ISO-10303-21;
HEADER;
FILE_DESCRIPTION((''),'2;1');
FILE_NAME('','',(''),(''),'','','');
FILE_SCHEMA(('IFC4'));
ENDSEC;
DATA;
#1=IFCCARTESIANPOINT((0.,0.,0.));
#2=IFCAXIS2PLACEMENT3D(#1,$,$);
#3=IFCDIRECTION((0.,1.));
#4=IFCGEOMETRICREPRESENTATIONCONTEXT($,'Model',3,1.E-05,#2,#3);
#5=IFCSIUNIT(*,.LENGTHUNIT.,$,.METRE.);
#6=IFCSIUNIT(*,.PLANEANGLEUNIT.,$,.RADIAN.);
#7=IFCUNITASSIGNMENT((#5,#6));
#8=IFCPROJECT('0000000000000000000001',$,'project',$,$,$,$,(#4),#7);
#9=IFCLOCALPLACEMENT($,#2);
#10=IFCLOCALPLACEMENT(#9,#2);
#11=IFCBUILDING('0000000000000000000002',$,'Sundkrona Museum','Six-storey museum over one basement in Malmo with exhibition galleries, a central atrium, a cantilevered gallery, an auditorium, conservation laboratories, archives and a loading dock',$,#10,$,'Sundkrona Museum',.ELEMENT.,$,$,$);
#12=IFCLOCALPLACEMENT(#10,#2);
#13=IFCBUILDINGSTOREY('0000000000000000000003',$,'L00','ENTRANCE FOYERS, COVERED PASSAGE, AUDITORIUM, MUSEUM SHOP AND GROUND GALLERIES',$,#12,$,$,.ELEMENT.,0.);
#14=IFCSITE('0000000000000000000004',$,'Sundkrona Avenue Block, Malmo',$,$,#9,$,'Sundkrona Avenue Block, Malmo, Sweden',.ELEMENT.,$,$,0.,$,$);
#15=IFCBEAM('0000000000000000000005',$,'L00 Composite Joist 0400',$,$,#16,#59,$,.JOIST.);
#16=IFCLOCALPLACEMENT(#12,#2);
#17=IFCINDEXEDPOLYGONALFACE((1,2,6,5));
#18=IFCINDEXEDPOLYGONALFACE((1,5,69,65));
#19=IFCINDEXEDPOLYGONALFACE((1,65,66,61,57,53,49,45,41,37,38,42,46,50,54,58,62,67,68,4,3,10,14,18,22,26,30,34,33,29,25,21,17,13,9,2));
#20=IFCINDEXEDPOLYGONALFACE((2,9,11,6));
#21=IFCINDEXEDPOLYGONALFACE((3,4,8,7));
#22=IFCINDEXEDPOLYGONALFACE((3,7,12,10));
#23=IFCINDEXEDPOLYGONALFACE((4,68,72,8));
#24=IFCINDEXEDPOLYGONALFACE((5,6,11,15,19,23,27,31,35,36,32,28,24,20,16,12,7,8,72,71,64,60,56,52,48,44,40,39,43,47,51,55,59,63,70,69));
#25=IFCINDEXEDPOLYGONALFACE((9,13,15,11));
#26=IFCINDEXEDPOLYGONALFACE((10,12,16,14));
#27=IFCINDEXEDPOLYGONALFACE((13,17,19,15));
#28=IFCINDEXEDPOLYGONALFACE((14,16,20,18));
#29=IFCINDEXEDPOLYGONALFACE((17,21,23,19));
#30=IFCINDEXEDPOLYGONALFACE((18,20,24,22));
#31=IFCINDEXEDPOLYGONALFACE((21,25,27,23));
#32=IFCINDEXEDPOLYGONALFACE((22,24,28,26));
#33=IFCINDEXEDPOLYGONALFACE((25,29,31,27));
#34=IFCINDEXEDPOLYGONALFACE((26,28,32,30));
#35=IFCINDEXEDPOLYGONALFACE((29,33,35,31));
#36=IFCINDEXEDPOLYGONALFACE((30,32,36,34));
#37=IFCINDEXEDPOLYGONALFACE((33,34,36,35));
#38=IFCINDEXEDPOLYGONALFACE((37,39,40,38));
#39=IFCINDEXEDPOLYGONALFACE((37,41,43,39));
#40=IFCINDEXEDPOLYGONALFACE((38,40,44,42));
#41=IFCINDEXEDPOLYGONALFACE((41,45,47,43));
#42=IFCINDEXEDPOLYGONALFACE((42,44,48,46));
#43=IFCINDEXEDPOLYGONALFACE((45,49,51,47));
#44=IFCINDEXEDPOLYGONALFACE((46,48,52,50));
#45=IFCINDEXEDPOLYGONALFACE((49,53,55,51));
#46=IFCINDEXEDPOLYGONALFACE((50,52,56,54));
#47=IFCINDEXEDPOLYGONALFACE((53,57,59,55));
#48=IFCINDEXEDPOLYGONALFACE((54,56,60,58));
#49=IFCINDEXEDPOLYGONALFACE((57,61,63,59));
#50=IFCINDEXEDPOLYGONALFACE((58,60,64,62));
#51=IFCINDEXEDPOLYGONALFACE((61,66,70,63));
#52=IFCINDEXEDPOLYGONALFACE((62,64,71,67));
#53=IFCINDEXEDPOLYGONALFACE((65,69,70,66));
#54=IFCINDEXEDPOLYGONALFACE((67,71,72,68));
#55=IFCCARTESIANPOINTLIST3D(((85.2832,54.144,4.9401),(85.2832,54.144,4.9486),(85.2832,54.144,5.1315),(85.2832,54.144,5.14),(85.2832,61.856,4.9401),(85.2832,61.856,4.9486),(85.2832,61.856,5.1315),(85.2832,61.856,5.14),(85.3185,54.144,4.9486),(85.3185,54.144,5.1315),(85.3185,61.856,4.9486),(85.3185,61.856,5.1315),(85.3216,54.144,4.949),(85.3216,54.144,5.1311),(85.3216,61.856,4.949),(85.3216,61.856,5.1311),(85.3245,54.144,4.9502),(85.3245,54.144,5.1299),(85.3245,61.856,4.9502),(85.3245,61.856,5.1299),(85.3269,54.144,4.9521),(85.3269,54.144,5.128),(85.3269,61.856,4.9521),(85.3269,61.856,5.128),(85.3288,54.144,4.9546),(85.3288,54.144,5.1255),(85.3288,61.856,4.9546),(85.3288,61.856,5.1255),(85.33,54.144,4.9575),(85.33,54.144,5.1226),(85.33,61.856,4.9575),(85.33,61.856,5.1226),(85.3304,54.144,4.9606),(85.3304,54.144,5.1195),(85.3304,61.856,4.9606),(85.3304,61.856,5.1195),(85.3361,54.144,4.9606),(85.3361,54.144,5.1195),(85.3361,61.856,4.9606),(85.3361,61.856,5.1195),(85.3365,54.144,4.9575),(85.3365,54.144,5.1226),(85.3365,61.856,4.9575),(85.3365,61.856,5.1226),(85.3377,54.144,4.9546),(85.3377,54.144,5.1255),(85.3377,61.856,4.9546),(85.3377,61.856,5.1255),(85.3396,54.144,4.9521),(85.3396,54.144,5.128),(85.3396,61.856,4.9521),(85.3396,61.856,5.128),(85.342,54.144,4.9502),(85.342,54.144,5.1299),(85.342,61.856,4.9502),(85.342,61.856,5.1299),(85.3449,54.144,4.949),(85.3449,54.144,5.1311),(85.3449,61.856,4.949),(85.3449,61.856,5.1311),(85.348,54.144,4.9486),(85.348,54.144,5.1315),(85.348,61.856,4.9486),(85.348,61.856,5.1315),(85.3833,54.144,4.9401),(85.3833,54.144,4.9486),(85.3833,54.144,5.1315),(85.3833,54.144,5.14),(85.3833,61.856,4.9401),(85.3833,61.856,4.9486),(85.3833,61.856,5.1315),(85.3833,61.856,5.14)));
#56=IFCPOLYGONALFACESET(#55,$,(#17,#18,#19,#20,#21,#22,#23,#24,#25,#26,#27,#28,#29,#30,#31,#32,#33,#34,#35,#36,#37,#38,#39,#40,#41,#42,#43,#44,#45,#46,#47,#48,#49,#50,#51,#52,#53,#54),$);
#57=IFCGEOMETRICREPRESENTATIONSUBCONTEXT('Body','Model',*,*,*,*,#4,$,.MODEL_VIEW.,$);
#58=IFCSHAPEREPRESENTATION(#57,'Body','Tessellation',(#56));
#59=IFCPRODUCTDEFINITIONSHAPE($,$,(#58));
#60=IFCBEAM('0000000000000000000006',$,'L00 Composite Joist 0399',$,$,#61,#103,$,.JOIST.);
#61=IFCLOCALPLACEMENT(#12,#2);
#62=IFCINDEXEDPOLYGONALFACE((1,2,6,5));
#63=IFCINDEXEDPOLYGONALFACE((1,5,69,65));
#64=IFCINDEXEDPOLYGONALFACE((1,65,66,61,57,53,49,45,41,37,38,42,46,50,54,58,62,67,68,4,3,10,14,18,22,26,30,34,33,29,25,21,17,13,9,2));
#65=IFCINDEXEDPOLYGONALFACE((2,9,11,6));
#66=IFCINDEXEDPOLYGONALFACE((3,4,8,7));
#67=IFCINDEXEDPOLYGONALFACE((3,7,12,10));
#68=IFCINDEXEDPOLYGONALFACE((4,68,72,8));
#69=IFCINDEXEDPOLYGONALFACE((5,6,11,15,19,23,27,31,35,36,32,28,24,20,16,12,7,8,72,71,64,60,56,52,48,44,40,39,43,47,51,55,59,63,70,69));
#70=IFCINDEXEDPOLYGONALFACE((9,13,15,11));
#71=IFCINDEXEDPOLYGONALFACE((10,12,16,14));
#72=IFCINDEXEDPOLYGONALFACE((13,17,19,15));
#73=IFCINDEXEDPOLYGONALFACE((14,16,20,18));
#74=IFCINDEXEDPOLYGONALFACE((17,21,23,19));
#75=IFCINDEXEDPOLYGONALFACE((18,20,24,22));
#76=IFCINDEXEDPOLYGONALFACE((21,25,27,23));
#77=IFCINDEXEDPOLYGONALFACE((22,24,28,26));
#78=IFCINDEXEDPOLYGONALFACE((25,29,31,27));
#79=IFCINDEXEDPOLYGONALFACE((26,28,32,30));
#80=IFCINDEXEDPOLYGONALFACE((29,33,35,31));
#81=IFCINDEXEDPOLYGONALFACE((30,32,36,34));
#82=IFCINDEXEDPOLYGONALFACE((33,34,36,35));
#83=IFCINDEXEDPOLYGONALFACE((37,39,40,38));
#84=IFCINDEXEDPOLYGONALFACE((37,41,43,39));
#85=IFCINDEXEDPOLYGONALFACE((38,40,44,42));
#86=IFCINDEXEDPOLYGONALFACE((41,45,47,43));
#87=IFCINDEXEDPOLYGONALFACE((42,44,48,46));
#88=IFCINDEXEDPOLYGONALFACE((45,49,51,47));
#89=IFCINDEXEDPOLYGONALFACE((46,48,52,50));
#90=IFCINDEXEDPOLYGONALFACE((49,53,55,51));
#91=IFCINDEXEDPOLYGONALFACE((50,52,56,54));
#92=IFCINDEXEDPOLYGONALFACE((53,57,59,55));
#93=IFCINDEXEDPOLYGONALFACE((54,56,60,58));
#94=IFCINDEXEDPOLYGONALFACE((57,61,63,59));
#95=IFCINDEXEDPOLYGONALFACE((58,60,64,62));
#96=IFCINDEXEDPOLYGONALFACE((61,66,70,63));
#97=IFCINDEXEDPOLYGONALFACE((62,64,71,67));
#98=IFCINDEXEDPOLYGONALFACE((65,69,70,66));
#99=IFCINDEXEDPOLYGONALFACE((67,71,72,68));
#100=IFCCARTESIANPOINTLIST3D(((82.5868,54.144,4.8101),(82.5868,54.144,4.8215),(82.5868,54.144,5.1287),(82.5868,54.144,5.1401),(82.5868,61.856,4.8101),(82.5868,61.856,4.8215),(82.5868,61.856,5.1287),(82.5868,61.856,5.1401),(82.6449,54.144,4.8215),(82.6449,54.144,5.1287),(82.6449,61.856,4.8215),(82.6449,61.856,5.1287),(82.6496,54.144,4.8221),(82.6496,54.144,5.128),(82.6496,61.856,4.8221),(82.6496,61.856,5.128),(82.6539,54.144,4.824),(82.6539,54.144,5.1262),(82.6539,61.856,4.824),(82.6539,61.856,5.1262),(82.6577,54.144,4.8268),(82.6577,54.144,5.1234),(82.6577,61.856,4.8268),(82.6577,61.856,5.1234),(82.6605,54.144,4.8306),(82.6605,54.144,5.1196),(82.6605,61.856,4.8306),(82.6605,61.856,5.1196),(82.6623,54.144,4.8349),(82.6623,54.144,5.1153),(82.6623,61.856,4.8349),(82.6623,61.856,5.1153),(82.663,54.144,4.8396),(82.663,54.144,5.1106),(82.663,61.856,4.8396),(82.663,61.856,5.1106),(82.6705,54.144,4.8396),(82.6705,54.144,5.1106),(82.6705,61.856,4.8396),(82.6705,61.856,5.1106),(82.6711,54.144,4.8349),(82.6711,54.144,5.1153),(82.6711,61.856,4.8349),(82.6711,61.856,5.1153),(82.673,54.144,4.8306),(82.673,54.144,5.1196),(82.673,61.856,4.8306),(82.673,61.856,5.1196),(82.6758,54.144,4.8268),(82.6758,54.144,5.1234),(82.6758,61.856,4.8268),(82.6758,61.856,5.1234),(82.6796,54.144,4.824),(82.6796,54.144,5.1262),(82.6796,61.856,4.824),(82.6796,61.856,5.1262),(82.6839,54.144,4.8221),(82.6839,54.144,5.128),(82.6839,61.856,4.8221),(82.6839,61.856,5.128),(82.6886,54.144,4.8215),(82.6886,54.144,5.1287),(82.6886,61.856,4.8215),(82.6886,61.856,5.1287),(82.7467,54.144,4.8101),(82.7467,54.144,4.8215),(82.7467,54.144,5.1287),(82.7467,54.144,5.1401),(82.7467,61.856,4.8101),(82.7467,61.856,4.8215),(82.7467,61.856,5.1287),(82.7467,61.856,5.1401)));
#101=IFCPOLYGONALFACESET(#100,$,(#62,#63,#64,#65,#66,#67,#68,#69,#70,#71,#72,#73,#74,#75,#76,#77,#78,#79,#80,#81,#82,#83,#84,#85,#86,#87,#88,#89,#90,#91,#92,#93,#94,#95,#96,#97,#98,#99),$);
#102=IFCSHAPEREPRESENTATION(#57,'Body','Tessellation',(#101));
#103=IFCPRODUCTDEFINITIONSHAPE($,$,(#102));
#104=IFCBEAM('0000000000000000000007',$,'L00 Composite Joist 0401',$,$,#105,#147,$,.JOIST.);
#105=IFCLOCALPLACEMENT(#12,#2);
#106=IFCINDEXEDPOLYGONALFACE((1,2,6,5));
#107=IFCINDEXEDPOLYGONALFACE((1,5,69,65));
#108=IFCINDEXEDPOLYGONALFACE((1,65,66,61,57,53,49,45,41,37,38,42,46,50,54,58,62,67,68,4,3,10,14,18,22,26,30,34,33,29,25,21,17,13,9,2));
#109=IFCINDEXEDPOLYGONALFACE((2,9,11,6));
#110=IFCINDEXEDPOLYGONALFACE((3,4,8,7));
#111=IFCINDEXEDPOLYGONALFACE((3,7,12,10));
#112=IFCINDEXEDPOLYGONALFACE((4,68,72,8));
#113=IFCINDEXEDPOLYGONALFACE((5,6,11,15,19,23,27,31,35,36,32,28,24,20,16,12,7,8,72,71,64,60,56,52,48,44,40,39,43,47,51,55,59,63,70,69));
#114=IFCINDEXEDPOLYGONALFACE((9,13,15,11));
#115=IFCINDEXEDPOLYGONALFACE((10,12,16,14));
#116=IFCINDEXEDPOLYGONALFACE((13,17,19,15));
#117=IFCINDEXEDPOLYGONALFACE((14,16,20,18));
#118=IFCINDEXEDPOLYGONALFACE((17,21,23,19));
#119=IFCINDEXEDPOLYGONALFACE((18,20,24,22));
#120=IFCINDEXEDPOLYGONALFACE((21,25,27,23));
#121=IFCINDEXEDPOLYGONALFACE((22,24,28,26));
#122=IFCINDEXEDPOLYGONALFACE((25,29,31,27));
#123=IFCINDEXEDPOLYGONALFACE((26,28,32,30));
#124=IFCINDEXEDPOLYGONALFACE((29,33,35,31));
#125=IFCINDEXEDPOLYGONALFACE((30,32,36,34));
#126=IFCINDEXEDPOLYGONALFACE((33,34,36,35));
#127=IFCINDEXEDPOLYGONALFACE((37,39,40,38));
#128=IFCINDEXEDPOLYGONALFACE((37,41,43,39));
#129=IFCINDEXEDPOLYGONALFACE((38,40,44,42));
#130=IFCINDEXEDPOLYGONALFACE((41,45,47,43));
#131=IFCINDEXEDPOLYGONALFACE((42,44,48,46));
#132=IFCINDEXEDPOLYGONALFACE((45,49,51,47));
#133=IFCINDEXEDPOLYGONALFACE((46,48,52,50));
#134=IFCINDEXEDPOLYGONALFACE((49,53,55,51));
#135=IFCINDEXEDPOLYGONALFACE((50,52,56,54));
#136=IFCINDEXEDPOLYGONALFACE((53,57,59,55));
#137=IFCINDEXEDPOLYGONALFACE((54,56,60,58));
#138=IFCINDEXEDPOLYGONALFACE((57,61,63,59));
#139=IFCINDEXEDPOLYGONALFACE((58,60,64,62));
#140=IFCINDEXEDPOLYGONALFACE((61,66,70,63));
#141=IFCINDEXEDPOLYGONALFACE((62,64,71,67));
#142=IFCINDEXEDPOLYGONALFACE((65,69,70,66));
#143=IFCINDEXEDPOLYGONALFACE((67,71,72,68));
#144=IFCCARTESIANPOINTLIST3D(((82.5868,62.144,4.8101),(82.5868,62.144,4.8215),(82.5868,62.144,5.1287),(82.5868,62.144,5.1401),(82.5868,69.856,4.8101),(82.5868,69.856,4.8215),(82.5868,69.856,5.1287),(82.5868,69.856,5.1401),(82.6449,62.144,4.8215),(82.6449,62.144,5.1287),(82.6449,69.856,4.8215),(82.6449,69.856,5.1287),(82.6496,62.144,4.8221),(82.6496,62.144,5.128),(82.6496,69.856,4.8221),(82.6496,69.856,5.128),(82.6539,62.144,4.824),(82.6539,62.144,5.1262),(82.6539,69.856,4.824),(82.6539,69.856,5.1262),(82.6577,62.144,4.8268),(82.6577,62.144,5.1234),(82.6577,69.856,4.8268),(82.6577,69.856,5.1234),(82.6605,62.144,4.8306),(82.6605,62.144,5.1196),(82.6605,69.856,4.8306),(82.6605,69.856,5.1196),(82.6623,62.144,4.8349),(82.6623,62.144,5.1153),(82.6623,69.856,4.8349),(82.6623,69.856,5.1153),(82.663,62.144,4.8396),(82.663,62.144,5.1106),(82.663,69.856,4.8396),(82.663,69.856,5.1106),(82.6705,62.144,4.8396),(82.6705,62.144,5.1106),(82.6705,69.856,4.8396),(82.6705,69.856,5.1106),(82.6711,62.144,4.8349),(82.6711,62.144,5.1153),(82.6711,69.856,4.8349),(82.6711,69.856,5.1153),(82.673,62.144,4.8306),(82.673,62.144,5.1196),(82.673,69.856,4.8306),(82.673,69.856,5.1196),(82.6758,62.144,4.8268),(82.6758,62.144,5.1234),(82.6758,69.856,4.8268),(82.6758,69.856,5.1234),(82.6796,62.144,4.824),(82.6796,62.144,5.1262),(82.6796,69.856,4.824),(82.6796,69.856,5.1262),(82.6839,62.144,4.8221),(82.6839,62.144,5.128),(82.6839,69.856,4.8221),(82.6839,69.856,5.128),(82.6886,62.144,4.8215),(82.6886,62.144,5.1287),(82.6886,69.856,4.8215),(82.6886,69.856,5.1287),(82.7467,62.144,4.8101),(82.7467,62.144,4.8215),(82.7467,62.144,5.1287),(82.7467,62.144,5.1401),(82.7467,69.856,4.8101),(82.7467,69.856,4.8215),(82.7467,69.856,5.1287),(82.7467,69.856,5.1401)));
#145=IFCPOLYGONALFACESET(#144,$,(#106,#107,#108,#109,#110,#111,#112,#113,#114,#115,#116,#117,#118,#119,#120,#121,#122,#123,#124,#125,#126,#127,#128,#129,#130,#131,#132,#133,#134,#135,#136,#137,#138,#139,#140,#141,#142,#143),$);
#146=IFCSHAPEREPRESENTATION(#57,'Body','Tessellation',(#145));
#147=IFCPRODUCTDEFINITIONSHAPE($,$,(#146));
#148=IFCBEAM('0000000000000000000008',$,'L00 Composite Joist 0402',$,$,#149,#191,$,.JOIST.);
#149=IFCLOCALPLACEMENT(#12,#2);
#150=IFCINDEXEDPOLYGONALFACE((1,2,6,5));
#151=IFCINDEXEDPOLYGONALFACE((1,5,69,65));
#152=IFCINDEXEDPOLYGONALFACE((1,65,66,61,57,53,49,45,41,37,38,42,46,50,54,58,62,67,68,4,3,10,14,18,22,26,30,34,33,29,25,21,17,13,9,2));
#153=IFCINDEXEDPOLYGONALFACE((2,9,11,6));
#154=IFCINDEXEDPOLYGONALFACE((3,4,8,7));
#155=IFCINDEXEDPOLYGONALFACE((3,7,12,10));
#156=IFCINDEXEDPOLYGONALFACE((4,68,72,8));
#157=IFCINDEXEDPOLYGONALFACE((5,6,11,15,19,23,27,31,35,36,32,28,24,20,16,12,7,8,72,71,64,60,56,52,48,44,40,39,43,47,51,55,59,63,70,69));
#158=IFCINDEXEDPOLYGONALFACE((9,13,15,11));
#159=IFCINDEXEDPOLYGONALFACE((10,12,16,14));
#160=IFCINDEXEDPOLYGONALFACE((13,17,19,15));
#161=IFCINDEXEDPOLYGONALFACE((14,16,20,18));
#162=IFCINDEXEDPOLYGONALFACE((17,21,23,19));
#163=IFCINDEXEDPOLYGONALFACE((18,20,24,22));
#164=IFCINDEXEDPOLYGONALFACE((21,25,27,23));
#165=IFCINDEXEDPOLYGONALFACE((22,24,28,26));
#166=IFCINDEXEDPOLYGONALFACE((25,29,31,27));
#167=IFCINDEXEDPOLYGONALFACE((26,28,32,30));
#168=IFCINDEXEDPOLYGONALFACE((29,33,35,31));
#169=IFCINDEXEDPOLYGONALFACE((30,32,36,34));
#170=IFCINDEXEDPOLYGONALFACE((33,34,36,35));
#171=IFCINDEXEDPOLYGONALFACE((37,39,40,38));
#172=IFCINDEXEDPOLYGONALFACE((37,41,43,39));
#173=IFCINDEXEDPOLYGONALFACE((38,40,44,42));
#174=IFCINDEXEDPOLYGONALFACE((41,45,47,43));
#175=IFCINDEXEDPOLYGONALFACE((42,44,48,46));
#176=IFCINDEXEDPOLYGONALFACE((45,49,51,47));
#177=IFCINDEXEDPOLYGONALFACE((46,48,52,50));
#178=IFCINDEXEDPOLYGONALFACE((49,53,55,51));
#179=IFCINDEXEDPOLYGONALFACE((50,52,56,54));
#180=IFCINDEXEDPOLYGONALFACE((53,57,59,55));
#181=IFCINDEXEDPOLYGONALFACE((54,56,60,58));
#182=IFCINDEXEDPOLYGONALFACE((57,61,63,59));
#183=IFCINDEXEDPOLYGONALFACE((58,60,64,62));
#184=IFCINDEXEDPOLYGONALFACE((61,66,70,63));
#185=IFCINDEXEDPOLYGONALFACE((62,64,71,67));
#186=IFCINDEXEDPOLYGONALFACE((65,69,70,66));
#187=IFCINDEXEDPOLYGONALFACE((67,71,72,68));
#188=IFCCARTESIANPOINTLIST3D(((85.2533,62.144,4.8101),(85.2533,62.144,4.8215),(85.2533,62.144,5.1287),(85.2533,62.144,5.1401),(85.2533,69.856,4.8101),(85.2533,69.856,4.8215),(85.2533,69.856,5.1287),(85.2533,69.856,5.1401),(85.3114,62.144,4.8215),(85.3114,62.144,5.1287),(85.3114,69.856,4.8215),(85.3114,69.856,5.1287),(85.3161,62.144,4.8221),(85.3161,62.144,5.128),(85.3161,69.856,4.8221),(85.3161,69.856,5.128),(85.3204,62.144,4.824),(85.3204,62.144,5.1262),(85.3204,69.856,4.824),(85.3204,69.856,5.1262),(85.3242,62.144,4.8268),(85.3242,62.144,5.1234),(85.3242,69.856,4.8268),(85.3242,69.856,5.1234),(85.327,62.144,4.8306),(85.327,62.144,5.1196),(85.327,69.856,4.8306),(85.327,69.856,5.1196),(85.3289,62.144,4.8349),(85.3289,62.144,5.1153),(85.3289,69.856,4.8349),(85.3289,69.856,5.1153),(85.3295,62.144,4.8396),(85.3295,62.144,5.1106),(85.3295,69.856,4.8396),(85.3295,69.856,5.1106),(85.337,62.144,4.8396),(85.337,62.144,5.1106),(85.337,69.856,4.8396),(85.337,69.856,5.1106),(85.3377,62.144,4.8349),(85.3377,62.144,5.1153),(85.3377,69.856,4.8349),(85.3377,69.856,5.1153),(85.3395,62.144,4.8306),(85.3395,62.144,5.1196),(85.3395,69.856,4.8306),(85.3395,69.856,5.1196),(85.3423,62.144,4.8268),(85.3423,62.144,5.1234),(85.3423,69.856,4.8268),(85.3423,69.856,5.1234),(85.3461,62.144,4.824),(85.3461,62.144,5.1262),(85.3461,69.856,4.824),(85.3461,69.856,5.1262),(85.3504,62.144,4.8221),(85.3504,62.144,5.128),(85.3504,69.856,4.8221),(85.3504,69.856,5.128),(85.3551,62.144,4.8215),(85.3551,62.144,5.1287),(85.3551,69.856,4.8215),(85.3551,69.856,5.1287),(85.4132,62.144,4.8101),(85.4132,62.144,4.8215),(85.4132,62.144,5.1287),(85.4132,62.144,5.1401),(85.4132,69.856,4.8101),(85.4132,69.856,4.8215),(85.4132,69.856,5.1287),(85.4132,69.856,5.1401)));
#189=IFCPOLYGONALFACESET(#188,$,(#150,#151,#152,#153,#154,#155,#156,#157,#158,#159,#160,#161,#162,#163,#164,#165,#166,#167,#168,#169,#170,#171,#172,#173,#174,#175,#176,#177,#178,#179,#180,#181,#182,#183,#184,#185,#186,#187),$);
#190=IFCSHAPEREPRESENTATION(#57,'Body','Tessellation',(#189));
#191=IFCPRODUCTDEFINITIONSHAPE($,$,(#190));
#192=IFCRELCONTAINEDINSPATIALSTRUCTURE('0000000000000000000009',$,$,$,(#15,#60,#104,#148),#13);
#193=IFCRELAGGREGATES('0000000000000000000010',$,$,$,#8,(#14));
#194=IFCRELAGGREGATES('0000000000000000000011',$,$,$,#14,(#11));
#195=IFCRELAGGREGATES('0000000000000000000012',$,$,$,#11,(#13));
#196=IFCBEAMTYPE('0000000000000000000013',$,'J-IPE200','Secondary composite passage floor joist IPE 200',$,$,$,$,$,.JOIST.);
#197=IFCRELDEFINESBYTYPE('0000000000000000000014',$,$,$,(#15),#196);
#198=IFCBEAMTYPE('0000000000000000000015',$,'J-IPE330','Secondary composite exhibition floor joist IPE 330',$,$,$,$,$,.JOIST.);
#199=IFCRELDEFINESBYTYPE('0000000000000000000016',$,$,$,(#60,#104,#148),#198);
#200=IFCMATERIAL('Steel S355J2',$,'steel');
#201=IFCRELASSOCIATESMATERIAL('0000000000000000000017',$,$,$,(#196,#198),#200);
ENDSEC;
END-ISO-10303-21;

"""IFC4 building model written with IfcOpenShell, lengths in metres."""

from ifc_helpers import new_model, si_unit, direction, frame, origin, origin_2d, place, context, subcontext, project, spatial, i_section, extrude, material, material_profile, profile_set, type_object, element, save


model = new_model("IFC4")

# Units and contexts
model_context = context("Model", 3, precision=1e-05, world=origin(), true_north=direction((0.0, 1.0)))
body_context = subcontext(model_context, "Body", "Model", "MODEL_VIEW")
ifc_project = project(units=[si_unit("LENGTHUNIT", "METRE"), si_unit("PLANEANGLEUNIT", "RADIAN")], contexts=[model_context])

# Site, building, storey
site_placement = place(None, origin())
site = spatial("IfcSite", under=ifc_project, at=site_placement, Name="Sundkrona Avenue Block, Malmo", LongName="Sundkrona Avenue Block, Malmo, Sweden", CompositionType="ELEMENT", RefElevation=0.0)
building_placement = place(site_placement, origin())
building = spatial("IfcBuilding", under=site, at=building_placement, Name="Sundkrona Museum", Description="Six-storey museum over one basement in Malmo with exhibition galleries, a central atrium, a cantilevered gallery, an auditorium, conservation laboratories, archives and a loading dock", LongName="Sundkrona Museum", CompositionType="ELEMENT")
storey_placement = place(building_placement, origin())
storey = spatial("IfcBuildingStorey", under=building, at=storey_placement, Name="L00", Description="ENTRANCE FOYERS, COVERED PASSAGE, AUDITORIUM, MUSEUM SHOP AND GROUND GALLERIES", CompositionType="ELEMENT", Elevation=0.0)

# Shared definitions
ifc_material_1 = material(Name="Steel S355J2", Category="steel")

# Beams
ifc_material_profile_1 = material_profile(ifc_material_1, i_section(OverallWidth=0.1001, OverallDepth=0.2, WebThickness=0.0056, FlangeThickness=0.0085, FilletRadius=0.012, at=origin_2d()), Name="IPE 200")
ifc_profile_set_1 = profile_set([ifc_material_profile_1], Name="Steel S355J2")
beam_type_1 = type_object("IfcBeamType", Name="J-IPE200", Description="Secondary composite passage floor joist IPE 200", PredefinedType="JOIST", material=ifc_profile_set_1)
beam_1_placement = place(storey_placement, frame((85.3333, 54.144, 5.04), z_axis=(0.0, 1.0, 0.0), x_axis=(-1.0, 0.0, 0.0)))
element("IfcBeam", 1, at=beam_1_placement, inside=storey, type_object=beam_type_1, Name="L00 Composite Joist 0400", PredefinedType="JOIST", context=body_context, shape_type="SweptSolid", body=[
    extrude(i_section(OverallWidth=0.1001, OverallDepth=0.2, WebThickness=0.0056, FlangeThickness=0.0085, FilletRadius=0.012, at=origin_2d()), origin(), (0.0, 0.0, 1.0), 7.7119),
])
ifc_material_profile_2 = material_profile(ifc_material_1, i_section(OverallWidth=0.1599, OverallDepth=0.3301, WebThickness=0.0076, FlangeThickness=0.0115, FilletRadius=0.0181, at=origin_2d()), Name="IPE 330")
ifc_profile_set_2 = profile_set([ifc_material_profile_2], Name="Steel S355J2")
beam_type_2 = type_object("IfcBeamType", Name="J-IPE330", Description="Secondary composite exhibition floor joist IPE 330", PredefinedType="JOIST", material=ifc_profile_set_2)
for number, where, z_axis, x_axis, name in (
    (2, (82.6667, 54.144, 4.9751), (0.0, 1.0, 0.0), (-1.0, 0.0, 0.0), "L00 Composite Joist 0399"),
    (3, (82.6667, 62.144, 4.9751), (0.0, 1.0, 0.0), (-1.0, 0.0, 0.0), "L00 Composite Joist 0401"),
    (4, (85.3333, 62.144, 4.9751), (0.0, 1.0, 0.0), (-1.0, 0.0, 0.0), "L00 Composite Joist 0402"),
):
    element("IfcBeam", number, at=place(storey_placement, frame(where, z_axis=z_axis, x_axis=x_axis)), inside=storey, type_object=beam_type_2, Name=name, PredefinedType="JOIST", context=body_context, shape_type="SweptSolid", body=[
        extrude(i_section(OverallWidth=0.1599, OverallDepth=0.3301, WebThickness=0.0076, FlangeThickness=0.0115, FilletRadius=0.0181, at=origin_2d()), origin(), (0.0, 0.0, 1.0), 7.7119),
    ])

save(model, "model.ifc")
